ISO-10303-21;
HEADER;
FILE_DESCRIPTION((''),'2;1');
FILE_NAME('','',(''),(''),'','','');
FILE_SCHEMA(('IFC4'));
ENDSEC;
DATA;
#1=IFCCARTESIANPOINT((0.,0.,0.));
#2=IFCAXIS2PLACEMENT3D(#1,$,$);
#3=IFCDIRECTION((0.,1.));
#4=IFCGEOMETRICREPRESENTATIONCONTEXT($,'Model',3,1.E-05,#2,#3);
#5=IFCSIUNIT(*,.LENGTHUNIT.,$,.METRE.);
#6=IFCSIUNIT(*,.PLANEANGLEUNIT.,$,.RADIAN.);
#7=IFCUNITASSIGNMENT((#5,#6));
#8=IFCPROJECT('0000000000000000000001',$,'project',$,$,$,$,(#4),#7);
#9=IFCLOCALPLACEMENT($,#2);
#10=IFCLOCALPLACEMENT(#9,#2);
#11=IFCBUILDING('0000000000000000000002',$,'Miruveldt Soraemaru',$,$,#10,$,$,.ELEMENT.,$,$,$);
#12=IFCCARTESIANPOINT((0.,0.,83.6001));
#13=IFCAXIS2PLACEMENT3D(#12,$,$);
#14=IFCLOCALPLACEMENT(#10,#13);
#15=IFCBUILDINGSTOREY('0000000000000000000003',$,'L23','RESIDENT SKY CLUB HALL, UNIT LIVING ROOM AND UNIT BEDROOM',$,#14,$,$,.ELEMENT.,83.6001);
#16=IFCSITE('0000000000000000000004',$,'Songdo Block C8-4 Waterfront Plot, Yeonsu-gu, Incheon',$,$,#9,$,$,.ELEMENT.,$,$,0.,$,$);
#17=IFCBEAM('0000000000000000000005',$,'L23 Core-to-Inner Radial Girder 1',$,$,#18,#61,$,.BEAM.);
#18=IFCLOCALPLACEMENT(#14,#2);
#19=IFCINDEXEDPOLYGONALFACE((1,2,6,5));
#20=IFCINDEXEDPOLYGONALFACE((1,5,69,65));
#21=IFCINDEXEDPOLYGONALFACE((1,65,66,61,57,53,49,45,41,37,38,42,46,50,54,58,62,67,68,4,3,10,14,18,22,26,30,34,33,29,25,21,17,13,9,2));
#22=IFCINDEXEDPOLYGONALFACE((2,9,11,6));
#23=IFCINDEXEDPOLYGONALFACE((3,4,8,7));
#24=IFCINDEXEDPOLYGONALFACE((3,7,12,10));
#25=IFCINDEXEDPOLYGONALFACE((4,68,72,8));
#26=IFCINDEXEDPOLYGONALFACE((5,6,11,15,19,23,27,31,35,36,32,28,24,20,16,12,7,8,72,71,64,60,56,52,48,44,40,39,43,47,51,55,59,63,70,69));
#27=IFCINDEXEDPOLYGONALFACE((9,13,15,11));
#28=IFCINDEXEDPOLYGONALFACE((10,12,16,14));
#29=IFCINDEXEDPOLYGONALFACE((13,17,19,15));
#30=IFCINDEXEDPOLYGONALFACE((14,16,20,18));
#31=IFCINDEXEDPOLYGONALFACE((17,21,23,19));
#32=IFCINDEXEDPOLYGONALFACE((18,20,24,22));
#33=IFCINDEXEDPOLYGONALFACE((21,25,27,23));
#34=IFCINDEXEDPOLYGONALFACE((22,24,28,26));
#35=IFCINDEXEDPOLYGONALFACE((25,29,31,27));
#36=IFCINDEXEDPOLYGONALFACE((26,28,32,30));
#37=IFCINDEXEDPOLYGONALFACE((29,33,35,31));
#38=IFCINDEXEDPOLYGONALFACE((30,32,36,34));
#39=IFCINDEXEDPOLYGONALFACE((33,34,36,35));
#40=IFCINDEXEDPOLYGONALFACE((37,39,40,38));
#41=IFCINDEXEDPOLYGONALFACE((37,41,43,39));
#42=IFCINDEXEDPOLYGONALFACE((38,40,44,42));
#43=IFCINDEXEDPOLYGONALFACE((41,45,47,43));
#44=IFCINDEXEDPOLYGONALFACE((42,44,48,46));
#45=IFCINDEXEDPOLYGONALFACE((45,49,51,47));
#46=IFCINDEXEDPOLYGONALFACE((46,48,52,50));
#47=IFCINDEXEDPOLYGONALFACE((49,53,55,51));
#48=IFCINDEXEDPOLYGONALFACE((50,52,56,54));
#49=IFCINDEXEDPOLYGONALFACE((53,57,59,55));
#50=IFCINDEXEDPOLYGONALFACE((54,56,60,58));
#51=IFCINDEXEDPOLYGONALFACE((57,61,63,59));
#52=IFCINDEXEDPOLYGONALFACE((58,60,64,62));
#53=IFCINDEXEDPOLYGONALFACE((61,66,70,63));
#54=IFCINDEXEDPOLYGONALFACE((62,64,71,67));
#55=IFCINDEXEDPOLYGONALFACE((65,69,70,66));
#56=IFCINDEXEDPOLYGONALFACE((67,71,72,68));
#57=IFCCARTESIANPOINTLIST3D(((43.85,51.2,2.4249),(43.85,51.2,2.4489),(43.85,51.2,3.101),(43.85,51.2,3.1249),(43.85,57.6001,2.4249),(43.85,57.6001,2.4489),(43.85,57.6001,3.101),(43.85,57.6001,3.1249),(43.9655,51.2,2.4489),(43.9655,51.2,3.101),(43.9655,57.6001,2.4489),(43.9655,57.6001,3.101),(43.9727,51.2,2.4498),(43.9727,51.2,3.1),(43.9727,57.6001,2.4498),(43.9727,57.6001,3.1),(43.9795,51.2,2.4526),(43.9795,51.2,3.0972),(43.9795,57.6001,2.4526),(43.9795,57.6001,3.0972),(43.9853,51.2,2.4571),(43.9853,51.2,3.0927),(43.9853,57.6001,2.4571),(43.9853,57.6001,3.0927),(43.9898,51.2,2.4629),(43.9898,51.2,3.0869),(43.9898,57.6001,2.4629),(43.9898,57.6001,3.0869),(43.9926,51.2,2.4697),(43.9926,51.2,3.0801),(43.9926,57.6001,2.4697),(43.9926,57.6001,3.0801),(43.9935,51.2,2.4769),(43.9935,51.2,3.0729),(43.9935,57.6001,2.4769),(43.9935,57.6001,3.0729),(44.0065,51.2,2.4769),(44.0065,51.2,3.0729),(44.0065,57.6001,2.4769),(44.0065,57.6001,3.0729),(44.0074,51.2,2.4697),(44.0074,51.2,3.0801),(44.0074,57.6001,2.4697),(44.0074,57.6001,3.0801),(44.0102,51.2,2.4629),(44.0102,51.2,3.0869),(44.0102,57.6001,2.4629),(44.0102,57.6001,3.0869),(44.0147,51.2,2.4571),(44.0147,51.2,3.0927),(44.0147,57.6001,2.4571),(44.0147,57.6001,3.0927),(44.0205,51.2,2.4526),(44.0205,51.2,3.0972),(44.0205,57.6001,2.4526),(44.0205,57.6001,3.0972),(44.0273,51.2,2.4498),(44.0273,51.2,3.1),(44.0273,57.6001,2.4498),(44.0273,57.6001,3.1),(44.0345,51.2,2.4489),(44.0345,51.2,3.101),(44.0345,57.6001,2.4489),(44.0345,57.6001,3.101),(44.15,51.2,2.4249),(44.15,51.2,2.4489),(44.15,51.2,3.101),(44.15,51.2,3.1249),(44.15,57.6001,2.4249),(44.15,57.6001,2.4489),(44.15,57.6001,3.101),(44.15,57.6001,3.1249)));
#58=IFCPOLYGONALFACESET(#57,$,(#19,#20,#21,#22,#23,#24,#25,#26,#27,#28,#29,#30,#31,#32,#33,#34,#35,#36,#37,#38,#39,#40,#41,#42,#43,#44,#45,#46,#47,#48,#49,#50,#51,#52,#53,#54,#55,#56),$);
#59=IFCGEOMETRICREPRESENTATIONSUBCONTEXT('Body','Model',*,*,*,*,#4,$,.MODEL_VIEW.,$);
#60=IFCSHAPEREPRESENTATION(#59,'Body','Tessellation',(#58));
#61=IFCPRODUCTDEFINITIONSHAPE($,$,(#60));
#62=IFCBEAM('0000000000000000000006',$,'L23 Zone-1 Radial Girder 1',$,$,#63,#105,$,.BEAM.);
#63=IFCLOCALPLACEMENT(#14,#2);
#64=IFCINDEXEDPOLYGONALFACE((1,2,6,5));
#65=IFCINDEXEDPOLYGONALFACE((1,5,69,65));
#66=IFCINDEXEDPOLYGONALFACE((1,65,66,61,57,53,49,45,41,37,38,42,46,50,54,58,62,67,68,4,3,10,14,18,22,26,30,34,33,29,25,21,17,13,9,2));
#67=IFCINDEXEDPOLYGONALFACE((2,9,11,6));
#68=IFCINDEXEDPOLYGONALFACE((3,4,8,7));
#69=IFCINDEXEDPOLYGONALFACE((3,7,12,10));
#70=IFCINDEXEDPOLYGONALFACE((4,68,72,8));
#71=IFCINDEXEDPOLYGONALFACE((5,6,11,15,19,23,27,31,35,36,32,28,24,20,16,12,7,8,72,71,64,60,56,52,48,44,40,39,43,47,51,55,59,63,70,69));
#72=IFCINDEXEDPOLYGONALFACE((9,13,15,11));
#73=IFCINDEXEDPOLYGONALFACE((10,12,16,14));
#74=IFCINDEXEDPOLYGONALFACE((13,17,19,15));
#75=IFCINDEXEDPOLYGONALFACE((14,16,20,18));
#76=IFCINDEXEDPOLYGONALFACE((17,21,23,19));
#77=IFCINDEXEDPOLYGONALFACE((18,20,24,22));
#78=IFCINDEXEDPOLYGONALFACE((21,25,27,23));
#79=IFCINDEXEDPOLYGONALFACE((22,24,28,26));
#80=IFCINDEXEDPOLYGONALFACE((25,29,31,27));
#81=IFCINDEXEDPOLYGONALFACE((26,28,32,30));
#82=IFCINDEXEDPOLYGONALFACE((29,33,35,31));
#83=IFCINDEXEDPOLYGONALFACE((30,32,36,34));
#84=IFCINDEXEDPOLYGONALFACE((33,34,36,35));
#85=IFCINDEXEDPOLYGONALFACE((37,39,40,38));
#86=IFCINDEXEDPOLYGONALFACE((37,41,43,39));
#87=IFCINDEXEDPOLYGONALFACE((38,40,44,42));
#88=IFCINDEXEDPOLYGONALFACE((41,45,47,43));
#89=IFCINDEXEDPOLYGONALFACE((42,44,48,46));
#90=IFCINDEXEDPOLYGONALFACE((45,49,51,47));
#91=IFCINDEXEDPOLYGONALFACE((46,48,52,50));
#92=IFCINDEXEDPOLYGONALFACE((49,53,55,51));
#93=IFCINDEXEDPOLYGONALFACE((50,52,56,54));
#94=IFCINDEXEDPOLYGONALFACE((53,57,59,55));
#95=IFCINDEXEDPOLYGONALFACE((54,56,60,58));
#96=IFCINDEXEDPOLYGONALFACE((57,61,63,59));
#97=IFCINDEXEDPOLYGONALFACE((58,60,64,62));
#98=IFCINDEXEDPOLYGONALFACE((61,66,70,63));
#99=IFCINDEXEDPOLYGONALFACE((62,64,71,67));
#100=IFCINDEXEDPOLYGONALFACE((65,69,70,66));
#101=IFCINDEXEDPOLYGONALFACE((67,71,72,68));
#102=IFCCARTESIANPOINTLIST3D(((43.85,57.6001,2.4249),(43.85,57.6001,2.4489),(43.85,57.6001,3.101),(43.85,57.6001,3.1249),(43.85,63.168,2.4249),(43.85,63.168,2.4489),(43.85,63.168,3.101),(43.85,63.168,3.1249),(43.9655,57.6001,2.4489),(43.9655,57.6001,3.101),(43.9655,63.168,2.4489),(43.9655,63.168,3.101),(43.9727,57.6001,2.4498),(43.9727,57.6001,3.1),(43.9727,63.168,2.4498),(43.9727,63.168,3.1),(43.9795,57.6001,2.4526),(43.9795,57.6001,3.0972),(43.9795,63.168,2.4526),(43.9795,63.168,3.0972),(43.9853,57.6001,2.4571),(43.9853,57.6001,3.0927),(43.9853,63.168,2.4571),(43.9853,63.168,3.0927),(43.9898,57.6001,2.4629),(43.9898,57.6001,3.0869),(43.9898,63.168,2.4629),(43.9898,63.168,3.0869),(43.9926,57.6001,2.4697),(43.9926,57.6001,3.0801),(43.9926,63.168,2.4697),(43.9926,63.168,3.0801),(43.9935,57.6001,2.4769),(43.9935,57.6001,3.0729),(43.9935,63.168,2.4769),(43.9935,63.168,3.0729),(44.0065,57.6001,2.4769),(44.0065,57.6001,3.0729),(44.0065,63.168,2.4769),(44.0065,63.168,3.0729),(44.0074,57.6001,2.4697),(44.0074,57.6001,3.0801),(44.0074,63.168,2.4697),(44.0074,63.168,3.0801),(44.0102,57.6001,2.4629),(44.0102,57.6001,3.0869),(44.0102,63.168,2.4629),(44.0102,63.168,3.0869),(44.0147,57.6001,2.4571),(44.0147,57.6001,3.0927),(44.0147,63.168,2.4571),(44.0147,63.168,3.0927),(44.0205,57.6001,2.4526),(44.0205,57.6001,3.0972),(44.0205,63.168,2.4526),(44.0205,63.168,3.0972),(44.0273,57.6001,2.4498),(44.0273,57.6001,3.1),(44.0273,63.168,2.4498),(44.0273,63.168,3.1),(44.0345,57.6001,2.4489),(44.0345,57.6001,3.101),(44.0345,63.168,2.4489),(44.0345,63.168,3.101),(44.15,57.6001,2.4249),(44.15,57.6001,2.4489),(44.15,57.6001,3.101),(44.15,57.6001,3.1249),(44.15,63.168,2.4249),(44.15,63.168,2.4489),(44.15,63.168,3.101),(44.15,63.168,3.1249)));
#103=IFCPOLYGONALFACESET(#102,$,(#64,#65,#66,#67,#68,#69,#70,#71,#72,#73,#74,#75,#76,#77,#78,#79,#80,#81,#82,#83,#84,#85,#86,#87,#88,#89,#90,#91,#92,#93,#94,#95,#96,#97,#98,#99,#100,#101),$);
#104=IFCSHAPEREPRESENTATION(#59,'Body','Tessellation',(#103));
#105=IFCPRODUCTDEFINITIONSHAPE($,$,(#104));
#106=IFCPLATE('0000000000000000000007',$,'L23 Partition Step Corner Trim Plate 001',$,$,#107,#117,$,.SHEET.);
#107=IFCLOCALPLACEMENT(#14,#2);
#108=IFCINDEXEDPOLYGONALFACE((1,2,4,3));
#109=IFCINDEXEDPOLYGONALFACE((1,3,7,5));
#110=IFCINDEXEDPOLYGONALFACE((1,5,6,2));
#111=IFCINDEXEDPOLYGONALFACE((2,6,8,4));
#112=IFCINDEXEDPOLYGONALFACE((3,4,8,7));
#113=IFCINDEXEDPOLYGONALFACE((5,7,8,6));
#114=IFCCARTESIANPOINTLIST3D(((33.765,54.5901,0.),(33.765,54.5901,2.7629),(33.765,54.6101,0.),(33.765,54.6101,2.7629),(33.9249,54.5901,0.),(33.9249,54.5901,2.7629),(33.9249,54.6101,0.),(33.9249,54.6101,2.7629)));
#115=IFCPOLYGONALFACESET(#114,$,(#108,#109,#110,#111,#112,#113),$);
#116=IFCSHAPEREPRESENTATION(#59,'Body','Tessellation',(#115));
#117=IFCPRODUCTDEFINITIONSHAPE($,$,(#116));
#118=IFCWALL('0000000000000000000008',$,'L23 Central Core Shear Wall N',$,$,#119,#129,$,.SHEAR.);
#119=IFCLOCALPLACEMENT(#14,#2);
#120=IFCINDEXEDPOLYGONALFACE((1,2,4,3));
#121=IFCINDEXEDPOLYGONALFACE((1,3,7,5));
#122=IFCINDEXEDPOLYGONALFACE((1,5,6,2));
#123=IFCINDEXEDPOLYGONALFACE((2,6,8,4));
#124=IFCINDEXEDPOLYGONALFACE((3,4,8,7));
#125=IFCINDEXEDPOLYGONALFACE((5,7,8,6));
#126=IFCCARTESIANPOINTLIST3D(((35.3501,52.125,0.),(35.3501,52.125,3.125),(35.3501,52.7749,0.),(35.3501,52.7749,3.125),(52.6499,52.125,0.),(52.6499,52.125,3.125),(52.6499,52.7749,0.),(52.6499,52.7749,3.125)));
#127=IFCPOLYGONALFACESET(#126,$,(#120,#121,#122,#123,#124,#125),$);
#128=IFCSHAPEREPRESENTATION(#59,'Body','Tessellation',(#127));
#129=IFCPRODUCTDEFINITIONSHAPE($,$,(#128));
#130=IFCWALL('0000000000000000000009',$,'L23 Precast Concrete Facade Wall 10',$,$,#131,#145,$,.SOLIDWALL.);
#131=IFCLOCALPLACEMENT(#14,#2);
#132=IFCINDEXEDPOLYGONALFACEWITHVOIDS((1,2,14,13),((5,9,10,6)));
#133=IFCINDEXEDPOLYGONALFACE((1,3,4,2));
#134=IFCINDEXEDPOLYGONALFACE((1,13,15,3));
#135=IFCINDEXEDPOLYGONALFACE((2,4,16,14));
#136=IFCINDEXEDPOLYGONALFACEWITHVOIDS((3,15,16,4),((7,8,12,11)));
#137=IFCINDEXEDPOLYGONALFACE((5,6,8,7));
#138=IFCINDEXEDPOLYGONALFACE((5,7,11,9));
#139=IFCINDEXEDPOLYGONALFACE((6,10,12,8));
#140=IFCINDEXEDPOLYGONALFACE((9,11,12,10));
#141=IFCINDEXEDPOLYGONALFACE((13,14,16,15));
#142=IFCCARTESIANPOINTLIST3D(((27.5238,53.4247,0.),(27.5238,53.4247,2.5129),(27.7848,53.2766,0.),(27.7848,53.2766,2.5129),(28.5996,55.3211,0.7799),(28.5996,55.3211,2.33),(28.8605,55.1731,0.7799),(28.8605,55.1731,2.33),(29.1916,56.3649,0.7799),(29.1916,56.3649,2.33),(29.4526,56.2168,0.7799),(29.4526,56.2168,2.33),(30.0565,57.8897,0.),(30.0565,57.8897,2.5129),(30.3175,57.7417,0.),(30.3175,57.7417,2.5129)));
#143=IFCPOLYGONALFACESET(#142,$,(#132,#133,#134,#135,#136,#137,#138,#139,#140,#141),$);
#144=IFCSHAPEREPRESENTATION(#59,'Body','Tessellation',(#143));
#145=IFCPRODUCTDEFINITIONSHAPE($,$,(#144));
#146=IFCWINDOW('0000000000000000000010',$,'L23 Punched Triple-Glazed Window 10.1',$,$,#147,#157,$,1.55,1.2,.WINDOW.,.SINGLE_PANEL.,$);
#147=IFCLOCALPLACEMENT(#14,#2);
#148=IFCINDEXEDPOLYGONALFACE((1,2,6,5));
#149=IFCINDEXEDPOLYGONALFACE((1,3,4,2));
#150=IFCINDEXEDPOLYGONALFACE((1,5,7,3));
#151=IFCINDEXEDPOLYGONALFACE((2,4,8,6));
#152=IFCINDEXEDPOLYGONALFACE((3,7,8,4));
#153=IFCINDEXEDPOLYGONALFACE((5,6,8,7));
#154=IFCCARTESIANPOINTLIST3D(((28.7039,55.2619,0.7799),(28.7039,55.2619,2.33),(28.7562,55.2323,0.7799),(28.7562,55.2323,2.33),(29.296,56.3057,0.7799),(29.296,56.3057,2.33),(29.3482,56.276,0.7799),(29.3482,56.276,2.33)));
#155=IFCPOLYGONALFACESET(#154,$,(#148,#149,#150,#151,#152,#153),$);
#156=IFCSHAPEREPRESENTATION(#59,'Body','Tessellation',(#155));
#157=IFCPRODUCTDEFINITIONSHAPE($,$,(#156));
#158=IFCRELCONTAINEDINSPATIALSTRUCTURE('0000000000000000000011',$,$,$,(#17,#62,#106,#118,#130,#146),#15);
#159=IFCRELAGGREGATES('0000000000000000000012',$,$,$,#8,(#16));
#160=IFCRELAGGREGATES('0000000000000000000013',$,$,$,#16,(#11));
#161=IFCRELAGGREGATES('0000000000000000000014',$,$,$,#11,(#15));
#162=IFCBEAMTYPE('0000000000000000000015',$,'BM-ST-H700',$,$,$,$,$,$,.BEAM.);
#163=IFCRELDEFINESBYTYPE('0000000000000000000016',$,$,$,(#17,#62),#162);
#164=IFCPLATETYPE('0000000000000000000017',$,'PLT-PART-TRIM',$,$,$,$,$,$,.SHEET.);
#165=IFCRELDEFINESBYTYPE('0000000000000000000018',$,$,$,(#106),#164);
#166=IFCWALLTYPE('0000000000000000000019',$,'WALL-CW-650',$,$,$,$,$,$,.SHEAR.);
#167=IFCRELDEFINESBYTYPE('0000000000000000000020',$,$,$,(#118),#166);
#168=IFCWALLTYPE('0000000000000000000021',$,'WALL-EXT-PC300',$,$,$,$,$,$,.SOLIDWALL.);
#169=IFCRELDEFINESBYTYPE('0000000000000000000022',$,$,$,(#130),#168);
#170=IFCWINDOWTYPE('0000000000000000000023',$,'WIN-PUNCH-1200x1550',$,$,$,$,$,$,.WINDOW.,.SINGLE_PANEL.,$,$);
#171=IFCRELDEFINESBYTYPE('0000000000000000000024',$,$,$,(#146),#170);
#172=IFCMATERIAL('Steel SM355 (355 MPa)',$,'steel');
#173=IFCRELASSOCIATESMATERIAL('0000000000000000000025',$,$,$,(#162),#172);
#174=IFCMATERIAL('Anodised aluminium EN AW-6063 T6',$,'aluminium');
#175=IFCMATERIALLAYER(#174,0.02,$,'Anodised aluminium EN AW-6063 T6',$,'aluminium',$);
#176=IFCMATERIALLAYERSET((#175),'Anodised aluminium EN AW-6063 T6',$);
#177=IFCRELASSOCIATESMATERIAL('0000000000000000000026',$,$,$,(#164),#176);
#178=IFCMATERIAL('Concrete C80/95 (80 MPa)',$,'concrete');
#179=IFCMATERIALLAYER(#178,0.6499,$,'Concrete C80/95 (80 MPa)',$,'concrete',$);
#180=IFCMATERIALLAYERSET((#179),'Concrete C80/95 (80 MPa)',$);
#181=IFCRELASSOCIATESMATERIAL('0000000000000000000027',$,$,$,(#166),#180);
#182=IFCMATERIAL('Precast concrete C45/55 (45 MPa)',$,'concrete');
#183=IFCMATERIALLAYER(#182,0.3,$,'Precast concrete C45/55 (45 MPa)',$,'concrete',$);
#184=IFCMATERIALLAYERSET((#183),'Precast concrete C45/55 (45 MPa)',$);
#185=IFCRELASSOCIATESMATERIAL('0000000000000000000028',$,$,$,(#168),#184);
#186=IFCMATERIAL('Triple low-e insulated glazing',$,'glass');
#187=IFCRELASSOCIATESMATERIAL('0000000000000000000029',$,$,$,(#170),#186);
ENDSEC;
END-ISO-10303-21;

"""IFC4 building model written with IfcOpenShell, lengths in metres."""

from ifc_helpers import new_model, si_unit, direction, frame, frame_2d, origin, origin_2d, place, context, subcontext, project, spatial, rectangle, i_section, extrude, material, layer, layer_set, material_profile, profile_set, type_object, element, fill, save


model = new_model("IFC4")

# Units and contexts
model_context = context("Model", 3, precision=1e-05, world=origin(), true_north=direction((0.0, 1.0)))
body_context = subcontext(model_context, "Body", "Model", "MODEL_VIEW")
ifc_project = project(units=[si_unit("LENGTHUNIT", "METRE"), si_unit("PLANEANGLEUNIT", "RADIAN")], contexts=[model_context])

# Site, building, storey
site_placement = place(None, origin())
site = spatial("IfcSite", under=ifc_project, at=site_placement, Name="Songdo Block C8-4 Waterfront Plot, Yeonsu-gu, Incheon", CompositionType="ELEMENT", RefElevation=0.0)
building_placement = place(site_placement, origin())
building = spatial("IfcBuilding", under=site, at=building_placement, Name="Miruveldt Soraemaru", CompositionType="ELEMENT")
storey_placement = place(building_placement, frame((0.0, 0.0, 83.6001)))
storey = spatial("IfcBuildingStorey", under=building, at=storey_placement, Name="L23", Description="RESIDENT SKY CLUB HALL, UNIT LIVING ROOM AND UNIT BEDROOM", CompositionType="ELEMENT", Elevation=83.6001)

# Beams
ifc_material_1 = material(Name="Steel SM355 (355 MPa)", Category="steel")
ifc_material_profile_1 = material_profile(ifc_material_1, i_section(OverallWidth=0.3, OverallDepth=0.7, WebThickness=0.0129, FlangeThickness=0.0239, FilletRadius=0.0281, at=origin_2d()), Name="Steel SM355 (355 MPa)", Category="steel")
ifc_profile_set_1 = profile_set([ifc_material_profile_1], Name="Steel SM355 (355 MPa)")
beam_type_1 = type_object("IfcBeamType", Name="BM-ST-H700", PredefinedType="BEAM", material=ifc_profile_set_1)
beam_1_placement = place(storey_placement, frame((44.0, 51.2, 2.7749), z_axis=(0.0, 1.0, 0.0), x_axis=(-1.0, 0.0, 0.0)))
element("IfcBeam", 1, at=beam_1_placement, inside=storey, type_object=beam_type_1, Name="L23 Core-to-Inner Radial Girder 1", PredefinedType="BEAM", context=body_context, shape_type="SweptSolid", body=[
    extrude(i_section(OverallWidth=0.3, OverallDepth=0.7, WebThickness=0.0129, FlangeThickness=0.0239, FilletRadius=0.0281, at=origin_2d()), origin(), (0.0, 0.0, 1.0), 6.4001),
])
beam_2_placement = place(storey_placement, frame((44.0, 57.6001, 2.7749), z_axis=(0.0, 1.0, 0.0), x_axis=(-1.0, 0.0, 0.0)))
element("IfcBeam", 2, at=beam_2_placement, inside=storey, type_object=beam_type_1, Name="L23 Zone-1 Radial Girder 1", PredefinedType="BEAM", context=body_context, shape_type="SweptSolid", body=[
    extrude(i_section(OverallWidth=0.3, OverallDepth=0.7, WebThickness=0.0129, FlangeThickness=0.0239, FilletRadius=0.0281, at=origin_2d()), origin(), (0.0, 0.0, 1.0), 5.5679),
])

# Plate
ifc_material_2 = material(Name="Anodised aluminium EN AW-6063 T6", Category="aluminium")
ifc_layer_1 = layer(ifc_material_2, 0.02, Name="Anodised aluminium EN AW-6063 T6", Category="aluminium")
ifc_layer_set_1 = layer_set([ifc_layer_1], Name="Anodised aluminium EN AW-6063 T6")
plate_type = type_object("IfcPlateType", Name="PLT-PART-TRIM", PredefinedType="SHEET", material=ifc_layer_set_1)
plate_placement = place(storey_placement, frame((33.845, 54.6001, 0.0), z_axis=(0.0, 0.0, 1.0), x_axis=(-1.0, 0.0, 0.0)))
element("IfcPlate", 3, at=plate_placement, inside=storey, type_object=plate_type, Name="L23 Partition Step Corner Trim Plate 001", PredefinedType="SHEET", context=body_context, shape_type="SweptSolid", body=[
    extrude(rectangle(XDim=0.1599, YDim=0.02, at=origin_2d()), origin(), (0.0, 0.0, 1.0), 2.7629),
])

# Wall
ifc_material_3 = material(Name="Concrete C80/95 (80 MPa)", Category="concrete")
ifc_layer_2 = layer(ifc_material_3, 0.6499, Name="Concrete C80/95 (80 MPa)", Category="concrete")
ifc_layer_set_2 = layer_set([ifc_layer_2], Name="Concrete C80/95 (80 MPa)")
wall_type_1 = type_object("IfcWallType", Name="WALL-CW-650", PredefinedType="SHEAR", material=ifc_layer_set_2)
wall_1_placement = place(storey_placement, frame((35.3501, 52.45, 0.0), z_axis=(0.0, 0.0, 1.0), x_axis=(1.0, 0.0, 0.0)))
element("IfcWall", 4, at=wall_1_placement, inside=storey, type_object=wall_type_1, Name="L23 Central Core Shear Wall N", PredefinedType="SHEAR", context=body_context, shape_type="SweptSolid", body=[
    extrude(rectangle(XDim=17.2998, YDim=0.6499, at=frame_2d((8.6499, 0.0))), origin(), (0.0, 0.0, 1.0), 3.125),
])

# Wall, opening, window
ifc_material_4 = material(Name="Precast concrete C45/55 (45 MPa)", Category="concrete")
ifc_layer_3 = layer(ifc_material_4, 0.3, Name="Precast concrete C45/55 (45 MPa)", Category="concrete")
ifc_layer_set_3 = layer_set([ifc_layer_3], Name="Precast concrete C45/55 (45 MPa)")
wall_type_2 = type_object("IfcWallType", Name="WALL-EXT-PC300", PredefinedType="SOLIDWALL", material=ifc_layer_set_3)
wall_2_placement = place(storey_placement, frame((30.187, 57.8157, 0.0), z_axis=(0.0, 0.0, 1.0), x_axis=(-0.493381, -0.869813, 0.0)))
wall_2 = element("IfcWall", 5, at=wall_2_placement, inside=storey, type_object=wall_type_2, Name="L23 Precast Concrete Facade Wall 10", PredefinedType="SOLIDWALL", context=body_context, shape_type="SweptSolid", body=[
    extrude(rectangle(XDim=5.1333, YDim=0.3, at=frame_2d((2.5667, 0.0))), origin(), (0.0, 0.0, 1.0), 2.5129),
])
opening_1_placement = place(wall_2_placement, frame((1.7529, 0.0, 0.78)))
opening_1 = element("IfcOpeningElement", 6, at=opening_1_placement, cuts=wall_2, PredefinedType="OPENING", context=body_context, shape_type="SweptSolid", body=[
    extrude(rectangle(XDim=1.2, YDim=1.55, at=frame_2d((0.6001, 0.7749))), frame((0.0, 0.1602, 0.0), z_axis=(0.0, -1.0, 0.0), x_axis=(1.0, 0.0, 0.0)), (0.0, 0.0, 1.0), 0.3201),
])
ifc_material_5 = material(Name="Triple low-e insulated glazing", Category="glass")
window_type_1 = type_object("IfcWindowType", Name="WIN-PUNCH-1200x1550", PartitioningType="SINGLE_PANEL", PredefinedType="WINDOW", material=ifc_material_5)
window_1_placement = place(opening_1_placement, origin())
window_1 = element("IfcWindow", 7, at=window_1_placement, inside=storey, type_object=window_type_1, Name="L23 Punched Triple-Glazed Window 10.1", OverallHeight=1.55, OverallWidth=1.2, PartitioningType="SINGLE_PANEL", PredefinedType="WINDOW", context=body_context, shape_type="SweptSolid", body=[
    extrude(rectangle(XDim=1.2, YDim=1.55, at=frame_2d((0.6001, 0.7749))), frame((0.0, 0.03, 0.0), z_axis=(0.0, -1.0, 0.0), x_axis=(1.0, 0.0, 0.0)), (0.0, 0.0, 1.0), 0.0601),
])
fill(opening_1, window_1)

save(model, "model.ifc")
